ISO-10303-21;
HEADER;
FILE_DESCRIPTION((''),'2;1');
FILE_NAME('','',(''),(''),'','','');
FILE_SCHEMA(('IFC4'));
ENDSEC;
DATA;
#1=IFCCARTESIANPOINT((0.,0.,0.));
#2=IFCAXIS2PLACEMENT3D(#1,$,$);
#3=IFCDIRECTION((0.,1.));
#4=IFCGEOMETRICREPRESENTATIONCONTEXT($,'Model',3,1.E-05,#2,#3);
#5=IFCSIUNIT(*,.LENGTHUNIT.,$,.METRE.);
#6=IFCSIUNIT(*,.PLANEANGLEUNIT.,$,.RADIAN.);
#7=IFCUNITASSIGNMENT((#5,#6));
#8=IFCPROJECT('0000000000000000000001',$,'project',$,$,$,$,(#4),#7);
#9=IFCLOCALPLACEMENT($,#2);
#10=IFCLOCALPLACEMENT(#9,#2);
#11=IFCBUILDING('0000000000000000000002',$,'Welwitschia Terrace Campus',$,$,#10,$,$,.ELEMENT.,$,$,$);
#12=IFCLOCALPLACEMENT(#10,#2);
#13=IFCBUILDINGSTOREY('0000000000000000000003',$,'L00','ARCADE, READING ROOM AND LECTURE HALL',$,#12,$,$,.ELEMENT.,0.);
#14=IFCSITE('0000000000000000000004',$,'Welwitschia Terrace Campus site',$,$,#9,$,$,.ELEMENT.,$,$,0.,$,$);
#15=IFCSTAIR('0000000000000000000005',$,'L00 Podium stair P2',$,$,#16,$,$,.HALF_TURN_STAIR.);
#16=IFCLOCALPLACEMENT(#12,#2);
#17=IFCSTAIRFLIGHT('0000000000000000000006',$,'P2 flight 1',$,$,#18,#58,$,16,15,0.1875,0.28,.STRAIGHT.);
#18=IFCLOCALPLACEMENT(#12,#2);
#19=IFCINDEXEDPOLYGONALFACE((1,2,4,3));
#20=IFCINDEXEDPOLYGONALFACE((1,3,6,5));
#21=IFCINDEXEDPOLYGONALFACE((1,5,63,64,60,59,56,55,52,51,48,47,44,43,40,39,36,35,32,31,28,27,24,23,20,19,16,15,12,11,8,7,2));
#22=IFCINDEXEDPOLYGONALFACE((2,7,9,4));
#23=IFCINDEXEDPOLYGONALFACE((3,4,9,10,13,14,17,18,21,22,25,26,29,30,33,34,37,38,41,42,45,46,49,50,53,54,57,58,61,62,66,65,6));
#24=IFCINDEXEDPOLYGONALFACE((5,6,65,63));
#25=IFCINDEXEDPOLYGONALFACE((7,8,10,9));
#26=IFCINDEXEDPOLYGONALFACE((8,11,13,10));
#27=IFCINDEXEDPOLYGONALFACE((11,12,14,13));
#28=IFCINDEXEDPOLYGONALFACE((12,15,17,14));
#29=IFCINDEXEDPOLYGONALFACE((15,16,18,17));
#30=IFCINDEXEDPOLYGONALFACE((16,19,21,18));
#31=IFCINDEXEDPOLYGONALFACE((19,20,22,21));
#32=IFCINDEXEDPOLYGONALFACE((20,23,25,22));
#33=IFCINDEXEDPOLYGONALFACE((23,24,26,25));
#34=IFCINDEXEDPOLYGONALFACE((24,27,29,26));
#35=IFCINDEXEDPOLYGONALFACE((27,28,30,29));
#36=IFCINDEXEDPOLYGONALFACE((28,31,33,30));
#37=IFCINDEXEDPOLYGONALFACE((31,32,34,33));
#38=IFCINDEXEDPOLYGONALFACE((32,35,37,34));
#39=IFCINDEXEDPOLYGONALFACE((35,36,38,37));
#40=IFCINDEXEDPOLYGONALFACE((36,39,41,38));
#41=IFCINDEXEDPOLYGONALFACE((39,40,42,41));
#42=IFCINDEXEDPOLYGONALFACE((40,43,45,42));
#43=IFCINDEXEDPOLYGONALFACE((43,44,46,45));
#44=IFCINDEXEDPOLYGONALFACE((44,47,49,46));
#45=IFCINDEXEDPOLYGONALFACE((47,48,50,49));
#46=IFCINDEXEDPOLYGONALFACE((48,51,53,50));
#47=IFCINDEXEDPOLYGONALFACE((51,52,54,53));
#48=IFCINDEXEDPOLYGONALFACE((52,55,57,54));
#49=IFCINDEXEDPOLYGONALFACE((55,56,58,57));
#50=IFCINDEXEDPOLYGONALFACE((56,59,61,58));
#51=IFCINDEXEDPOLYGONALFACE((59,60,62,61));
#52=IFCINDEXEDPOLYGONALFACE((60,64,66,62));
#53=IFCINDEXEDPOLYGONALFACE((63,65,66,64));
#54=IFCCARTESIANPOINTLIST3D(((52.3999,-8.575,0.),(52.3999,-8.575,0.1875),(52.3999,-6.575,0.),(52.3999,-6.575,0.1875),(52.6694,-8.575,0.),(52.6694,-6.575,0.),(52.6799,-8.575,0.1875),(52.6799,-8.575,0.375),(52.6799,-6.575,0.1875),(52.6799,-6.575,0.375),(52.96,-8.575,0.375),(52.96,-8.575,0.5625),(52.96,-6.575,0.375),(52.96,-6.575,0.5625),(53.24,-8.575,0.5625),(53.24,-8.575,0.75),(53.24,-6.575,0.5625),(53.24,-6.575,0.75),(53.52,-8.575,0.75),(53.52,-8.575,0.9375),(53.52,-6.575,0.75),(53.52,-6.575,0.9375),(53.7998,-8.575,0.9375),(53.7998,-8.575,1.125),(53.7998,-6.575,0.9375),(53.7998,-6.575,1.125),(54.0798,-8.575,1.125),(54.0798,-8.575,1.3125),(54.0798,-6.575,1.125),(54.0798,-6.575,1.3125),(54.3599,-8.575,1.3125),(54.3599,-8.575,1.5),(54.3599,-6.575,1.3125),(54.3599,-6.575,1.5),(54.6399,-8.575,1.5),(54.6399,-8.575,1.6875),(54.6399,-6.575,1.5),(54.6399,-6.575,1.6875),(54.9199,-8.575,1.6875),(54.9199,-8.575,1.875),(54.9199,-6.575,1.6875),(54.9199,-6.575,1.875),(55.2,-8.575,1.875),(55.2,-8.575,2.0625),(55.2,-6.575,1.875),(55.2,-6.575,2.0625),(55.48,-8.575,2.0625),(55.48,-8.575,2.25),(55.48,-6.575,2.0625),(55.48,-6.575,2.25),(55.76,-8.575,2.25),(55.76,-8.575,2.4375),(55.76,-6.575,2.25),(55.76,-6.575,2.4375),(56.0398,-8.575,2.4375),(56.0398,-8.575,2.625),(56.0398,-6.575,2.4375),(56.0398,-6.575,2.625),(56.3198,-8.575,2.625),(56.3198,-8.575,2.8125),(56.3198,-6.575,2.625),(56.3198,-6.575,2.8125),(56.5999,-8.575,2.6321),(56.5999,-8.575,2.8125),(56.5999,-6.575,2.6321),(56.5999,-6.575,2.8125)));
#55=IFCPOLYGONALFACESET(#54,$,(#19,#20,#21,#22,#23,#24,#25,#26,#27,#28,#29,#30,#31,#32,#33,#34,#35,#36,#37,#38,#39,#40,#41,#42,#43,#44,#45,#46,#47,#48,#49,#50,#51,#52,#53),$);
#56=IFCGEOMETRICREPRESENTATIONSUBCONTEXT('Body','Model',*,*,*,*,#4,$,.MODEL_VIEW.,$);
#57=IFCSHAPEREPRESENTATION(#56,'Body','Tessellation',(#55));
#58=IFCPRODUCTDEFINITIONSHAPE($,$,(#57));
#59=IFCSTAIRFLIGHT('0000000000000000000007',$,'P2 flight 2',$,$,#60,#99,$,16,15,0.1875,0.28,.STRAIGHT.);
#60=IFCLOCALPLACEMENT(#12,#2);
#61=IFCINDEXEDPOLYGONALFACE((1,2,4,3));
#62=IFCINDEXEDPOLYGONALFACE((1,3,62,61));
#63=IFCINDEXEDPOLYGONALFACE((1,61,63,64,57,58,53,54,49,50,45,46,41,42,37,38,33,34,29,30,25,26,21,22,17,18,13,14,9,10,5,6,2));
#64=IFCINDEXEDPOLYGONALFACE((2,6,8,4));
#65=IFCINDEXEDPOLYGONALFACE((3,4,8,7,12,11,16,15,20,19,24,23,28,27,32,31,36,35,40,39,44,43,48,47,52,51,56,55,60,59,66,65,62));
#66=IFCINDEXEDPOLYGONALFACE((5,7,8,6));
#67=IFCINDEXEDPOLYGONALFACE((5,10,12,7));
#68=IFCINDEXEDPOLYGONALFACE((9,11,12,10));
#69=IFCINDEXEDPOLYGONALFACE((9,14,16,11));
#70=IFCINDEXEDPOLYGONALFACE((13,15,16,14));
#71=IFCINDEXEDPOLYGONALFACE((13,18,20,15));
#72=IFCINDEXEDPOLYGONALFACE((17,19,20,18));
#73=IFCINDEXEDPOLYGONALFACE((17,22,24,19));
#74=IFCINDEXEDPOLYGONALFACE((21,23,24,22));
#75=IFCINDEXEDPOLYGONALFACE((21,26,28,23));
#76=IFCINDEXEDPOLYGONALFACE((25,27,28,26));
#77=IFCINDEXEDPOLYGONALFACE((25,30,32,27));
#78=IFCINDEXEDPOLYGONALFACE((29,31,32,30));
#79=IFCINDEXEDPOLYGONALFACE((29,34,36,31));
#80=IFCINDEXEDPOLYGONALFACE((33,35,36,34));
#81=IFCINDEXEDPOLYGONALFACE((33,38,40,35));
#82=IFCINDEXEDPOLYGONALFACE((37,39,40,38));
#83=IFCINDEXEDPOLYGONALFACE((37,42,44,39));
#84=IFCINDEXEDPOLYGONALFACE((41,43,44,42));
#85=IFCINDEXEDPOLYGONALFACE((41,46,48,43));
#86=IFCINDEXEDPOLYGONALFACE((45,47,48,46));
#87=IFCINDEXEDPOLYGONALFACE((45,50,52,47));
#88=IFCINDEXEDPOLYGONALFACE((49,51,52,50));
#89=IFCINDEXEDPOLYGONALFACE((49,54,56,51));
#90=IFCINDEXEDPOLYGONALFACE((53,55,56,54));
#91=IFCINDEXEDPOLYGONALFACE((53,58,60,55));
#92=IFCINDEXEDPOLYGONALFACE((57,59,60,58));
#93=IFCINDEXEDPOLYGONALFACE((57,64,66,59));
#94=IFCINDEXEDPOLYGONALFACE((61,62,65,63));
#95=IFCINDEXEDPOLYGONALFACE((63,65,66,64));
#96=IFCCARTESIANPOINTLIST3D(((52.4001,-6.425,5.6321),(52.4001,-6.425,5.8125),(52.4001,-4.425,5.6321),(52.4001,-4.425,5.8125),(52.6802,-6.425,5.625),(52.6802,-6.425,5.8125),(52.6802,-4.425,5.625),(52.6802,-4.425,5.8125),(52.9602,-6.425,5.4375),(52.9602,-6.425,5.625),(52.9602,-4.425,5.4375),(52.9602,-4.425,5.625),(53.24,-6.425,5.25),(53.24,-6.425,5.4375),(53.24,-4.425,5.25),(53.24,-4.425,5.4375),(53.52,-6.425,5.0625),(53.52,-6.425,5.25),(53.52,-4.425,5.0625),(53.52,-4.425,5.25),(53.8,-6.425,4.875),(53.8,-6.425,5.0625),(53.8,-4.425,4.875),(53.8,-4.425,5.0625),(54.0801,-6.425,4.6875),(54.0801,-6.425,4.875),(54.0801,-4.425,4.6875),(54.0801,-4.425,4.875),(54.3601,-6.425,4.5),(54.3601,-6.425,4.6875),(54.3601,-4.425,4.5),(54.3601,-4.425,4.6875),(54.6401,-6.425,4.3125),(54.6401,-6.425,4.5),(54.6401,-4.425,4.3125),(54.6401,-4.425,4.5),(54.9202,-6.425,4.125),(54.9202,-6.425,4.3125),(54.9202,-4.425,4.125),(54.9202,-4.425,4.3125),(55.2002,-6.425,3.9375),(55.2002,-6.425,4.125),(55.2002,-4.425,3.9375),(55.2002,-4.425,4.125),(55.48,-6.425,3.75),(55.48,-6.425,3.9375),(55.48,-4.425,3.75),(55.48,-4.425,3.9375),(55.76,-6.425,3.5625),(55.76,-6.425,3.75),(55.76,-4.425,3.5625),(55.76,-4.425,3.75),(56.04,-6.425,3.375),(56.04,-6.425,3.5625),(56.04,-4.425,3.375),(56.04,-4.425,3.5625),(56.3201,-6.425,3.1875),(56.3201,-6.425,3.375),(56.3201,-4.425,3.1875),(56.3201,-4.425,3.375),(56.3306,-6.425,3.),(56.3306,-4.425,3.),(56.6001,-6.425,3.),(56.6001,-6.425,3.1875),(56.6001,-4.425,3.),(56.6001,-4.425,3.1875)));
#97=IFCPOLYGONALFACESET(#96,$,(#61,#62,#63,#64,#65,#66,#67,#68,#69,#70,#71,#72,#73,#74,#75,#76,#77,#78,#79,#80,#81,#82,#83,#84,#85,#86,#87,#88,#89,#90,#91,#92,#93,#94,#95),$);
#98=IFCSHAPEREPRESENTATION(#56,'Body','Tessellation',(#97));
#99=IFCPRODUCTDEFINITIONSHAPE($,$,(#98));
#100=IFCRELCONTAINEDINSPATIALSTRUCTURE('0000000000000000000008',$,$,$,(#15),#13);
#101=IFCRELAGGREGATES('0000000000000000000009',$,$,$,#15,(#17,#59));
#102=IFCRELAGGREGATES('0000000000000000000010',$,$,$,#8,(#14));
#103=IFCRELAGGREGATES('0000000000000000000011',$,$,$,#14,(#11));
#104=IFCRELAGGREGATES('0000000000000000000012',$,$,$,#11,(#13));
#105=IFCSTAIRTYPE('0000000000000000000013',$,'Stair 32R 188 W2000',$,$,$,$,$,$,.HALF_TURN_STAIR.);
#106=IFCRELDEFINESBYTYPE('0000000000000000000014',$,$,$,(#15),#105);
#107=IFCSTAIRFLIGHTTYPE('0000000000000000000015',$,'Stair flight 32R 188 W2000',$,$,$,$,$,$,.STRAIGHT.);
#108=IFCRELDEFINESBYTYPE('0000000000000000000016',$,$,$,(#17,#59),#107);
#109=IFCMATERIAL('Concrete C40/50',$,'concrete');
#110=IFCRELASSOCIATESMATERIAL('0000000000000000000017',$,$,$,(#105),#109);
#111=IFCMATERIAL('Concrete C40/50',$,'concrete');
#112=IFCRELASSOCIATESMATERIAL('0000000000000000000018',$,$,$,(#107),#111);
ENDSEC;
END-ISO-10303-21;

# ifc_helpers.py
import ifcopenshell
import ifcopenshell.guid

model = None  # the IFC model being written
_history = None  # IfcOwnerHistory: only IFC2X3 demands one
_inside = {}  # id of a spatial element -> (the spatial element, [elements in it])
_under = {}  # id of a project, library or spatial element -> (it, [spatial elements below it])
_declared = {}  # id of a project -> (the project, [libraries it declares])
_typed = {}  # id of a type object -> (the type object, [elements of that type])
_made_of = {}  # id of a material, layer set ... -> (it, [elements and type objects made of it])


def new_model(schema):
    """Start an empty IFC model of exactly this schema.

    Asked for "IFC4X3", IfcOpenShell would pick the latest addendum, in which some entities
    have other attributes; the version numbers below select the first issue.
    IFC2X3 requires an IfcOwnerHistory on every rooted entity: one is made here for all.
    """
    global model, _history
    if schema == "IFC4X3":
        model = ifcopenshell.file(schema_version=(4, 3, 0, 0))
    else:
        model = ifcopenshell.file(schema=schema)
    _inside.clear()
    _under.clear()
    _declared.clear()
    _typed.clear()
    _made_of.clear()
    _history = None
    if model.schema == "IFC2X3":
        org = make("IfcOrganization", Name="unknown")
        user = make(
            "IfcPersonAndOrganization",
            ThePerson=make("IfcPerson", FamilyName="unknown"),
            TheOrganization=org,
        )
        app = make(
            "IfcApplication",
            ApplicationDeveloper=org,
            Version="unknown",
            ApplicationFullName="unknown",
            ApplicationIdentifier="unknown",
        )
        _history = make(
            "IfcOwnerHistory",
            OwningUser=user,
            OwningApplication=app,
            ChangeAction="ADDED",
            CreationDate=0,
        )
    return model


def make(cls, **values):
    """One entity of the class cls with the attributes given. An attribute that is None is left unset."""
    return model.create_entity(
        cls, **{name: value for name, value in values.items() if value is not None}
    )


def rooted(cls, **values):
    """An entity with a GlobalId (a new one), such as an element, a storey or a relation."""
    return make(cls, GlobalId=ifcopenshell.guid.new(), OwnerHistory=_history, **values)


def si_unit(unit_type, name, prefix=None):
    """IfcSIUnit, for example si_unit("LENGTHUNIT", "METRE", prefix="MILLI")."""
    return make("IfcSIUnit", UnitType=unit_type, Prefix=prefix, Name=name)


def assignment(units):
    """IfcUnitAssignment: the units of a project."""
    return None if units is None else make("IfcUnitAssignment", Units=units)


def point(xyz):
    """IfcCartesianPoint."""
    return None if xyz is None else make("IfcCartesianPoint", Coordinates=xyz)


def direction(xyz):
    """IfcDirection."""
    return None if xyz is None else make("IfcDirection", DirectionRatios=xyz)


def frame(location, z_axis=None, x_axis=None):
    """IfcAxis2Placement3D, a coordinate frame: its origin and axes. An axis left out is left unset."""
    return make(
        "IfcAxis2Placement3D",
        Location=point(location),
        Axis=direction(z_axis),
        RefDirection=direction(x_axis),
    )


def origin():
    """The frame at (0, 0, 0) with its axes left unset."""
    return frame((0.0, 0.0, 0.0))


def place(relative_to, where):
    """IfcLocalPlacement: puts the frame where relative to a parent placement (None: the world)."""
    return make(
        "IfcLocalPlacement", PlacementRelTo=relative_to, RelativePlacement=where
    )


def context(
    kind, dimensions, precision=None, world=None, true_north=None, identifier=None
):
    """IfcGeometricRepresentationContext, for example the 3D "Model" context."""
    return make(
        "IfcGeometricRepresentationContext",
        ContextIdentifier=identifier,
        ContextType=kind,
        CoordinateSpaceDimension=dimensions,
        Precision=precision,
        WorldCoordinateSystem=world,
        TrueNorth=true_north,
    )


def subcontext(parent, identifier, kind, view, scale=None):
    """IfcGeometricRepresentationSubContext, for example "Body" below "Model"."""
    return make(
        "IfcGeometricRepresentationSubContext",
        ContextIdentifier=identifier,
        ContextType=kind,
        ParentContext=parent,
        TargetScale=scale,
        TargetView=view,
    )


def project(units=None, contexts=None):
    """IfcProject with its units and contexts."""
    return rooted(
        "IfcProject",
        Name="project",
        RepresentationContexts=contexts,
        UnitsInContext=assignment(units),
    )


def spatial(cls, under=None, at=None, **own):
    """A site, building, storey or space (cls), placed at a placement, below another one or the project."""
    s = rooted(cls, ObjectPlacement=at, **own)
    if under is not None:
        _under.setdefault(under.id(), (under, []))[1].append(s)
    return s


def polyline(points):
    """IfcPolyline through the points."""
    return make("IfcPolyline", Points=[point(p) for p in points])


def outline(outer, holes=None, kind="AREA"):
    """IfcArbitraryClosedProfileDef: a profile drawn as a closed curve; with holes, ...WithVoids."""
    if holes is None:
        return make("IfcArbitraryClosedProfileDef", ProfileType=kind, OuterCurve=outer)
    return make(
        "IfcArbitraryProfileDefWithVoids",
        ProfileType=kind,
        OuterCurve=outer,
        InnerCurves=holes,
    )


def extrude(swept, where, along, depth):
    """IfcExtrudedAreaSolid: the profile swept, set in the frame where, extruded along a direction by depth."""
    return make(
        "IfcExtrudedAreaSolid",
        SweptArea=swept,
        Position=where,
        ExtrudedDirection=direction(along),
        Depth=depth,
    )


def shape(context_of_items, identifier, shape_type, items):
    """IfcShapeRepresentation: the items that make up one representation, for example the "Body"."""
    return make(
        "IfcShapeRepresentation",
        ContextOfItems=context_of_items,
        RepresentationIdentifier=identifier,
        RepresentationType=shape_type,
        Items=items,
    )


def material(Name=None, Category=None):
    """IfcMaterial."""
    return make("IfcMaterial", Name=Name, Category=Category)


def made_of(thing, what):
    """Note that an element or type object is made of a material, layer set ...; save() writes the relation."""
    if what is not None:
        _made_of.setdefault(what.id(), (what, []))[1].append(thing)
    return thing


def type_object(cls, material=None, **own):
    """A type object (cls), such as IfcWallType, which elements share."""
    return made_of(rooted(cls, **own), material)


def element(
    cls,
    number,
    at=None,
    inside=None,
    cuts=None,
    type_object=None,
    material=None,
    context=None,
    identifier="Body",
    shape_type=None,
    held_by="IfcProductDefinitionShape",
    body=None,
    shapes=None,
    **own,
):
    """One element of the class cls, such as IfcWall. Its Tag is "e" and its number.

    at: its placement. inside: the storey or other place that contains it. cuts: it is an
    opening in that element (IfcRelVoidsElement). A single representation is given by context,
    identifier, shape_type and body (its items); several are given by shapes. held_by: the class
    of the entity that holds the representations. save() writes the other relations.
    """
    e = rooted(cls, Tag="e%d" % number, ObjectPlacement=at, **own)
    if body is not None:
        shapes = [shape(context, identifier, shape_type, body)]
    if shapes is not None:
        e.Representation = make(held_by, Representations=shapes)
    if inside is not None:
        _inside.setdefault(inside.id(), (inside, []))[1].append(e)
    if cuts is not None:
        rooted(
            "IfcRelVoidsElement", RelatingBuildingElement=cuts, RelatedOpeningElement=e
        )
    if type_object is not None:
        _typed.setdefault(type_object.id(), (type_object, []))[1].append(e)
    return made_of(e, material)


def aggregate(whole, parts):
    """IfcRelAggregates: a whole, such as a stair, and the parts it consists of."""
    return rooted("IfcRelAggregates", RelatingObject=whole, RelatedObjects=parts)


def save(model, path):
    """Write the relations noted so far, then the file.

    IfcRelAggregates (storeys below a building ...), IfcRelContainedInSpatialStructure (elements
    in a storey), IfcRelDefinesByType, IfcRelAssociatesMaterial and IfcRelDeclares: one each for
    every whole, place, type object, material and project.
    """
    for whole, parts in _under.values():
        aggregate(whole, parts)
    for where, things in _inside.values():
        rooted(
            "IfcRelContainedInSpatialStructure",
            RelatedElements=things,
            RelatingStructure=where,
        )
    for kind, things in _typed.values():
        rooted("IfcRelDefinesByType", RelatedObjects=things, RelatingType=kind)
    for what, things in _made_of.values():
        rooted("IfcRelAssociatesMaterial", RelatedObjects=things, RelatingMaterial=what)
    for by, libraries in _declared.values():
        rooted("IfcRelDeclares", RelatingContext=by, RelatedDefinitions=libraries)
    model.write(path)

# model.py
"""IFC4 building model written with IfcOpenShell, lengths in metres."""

from ifc_helpers import new_model, si_unit, direction, frame, origin, place, context, subcontext, project, spatial, polyline, outline, extrude, material, type_object, element, aggregate, save


model = new_model("IFC4")

# Units and contexts
model_context = context("Model", 3, precision=1e-05, world=origin(), true_north=direction((0.0, 1.0)))
body_context = subcontext(model_context, "Body", "Model", "MODEL_VIEW")
ifc_project = project(units=[si_unit("LENGTHUNIT", "METRE"), si_unit("PLANEANGLEUNIT", "RADIAN")], contexts=[model_context])

# Site, building, storey
site_placement = place(None, origin())
site = spatial("IfcSite", under=ifc_project, at=site_placement, Name="Welwitschia Terrace Campus site", CompositionType="ELEMENT", RefElevation=0.0)
building_placement = place(site_placement, origin())
building = spatial("IfcBuilding", under=site, at=building_placement, Name="Welwitschia Terrace Campus", CompositionType="ELEMENT")
storey_placement = place(building_placement, origin())
storey = spatial("IfcBuildingStorey", under=building, at=storey_placement, Name="L00", Description="ARCADE, READING ROOM AND LECTURE HALL", CompositionType="ELEMENT", Elevation=0.0)

# Stair, stair flights
ifc_material_1 = material(Name="Concrete C40/50", Category="concrete")
stair_type = type_object("IfcStairType", Name="Stair 32R 188 W2000", PredefinedType="HALF_TURN_STAIR", material=ifc_material_1)
stair_placement = place(storey_placement, origin())
stair = element("IfcStair", 1, at=stair_placement, inside=storey, type_object=stair_type, Name="L00 Podium stair P2", PredefinedType="HALF_TURN_STAIR")
ifc_material_2 = material(Name="Concrete C40/50", Category="concrete")
stair_flight_type = type_object("IfcStairFlightType", Name="Stair flight 32R 188 W2000", PredefinedType="STRAIGHT", material=ifc_material_2)
stair_flight_1_placement = place(storey_placement, frame((52.3999, -7.575, 0.0), z_axis=(0.0, 0.0, 1.0), x_axis=(1.0, 0.0, 0.0)))
stair_flight_1 = element("IfcStairFlight", 2, at=stair_flight_1_placement, type_object=stair_flight_type, Name="P2 flight 1", NumberOfRisers=16, NumberOfTreads=15, PredefinedType="STRAIGHT", RiserHeight=0.1875, TreadLength=0.28, context=body_context, shape_type="SweptSolid", body=[
    extrude(outline(polyline([(0.0, 0.0), (0.0, 0.1875), (0.28, 0.1875), (0.28, 0.375), (0.5601, 0.375), (0.5601, 0.5625), (0.8401, 0.5625), (0.8401, 0.75), (1.1201, 0.75), (1.1201, 0.9375), (1.3999, 0.9375), (1.3999, 1.125), (1.6799, 1.125), (1.6799, 1.3125), (1.96, 1.3125), (1.96, 1.5), (2.24, 1.5), (2.24, 1.6875), (2.52, 1.6875), (2.52, 1.875), (2.8, 1.875), (2.8, 2.0625), (3.0801, 2.0625), (3.0801, 2.25), (3.3601, 2.25), (3.3601, 2.4375), (3.6399, 2.4375), (3.6399, 2.625), (3.9199, 2.625), (3.9199, 2.8125), (4.2, 2.8125), (4.2, 3.0), (4.2, 2.6321), (0.2695, 0.0), (0.0, 0.0)])), frame((0.0, 1.0, 0.0), z_axis=(0.0, -1.0, 0.0), x_axis=(1.0, 0.0, 0.0)), (0.0, 0.0, 1.0), 2.0),
])
stair_flight_2_placement = place(storey_placement, frame((56.6001, -5.425, 3.0), z_axis=(0.0, 0.0, 1.0), x_axis=(-1.0, 0.0, 0.0)))
stair_flight_2 = element("IfcStairFlight", 3, at=stair_flight_2_placement, type_object=stair_flight_type, Name="P2 flight 2", NumberOfRisers=16, NumberOfTreads=15, PredefinedType="STRAIGHT", RiserHeight=0.1875, TreadLength=0.28, context=body_context, shape_type="SweptSolid", body=[
    extrude(outline(polyline([(0.0, 0.0), (0.0, 0.1875), (0.28, 0.1875), (0.28, 0.375), (0.5601, 0.375), (0.5601, 0.5625), (0.8401, 0.5625), (0.8401, 0.75), (1.1201, 0.75), (1.1201, 0.9375), (1.3999, 0.9375), (1.3999, 1.125), (1.6799, 1.125), (1.6799, 1.3125), (1.96, 1.3125), (1.96, 1.5), (2.24, 1.5), (2.24, 1.6875), (2.52, 1.6875), (2.52, 1.875), (2.8, 1.875), (2.8, 2.0625), (3.0801, 2.0625), (3.0801, 2.25), (3.3601, 2.25), (3.3601, 2.4375), (3.6399, 2.4375), (3.6399, 2.625), (3.9199, 2.625), (3.9199, 2.8125), (4.2, 2.8125), (4.2, 3.0), (4.2, 2.6321), (0.2695, 0.0), (0.0, 0.0)])), frame((0.0, 1.0, 0.0), z_axis=(0.0, -1.0, 0.0), x_axis=(1.0, 0.0, 0.0)), (0.0, 0.0, 1.0), 2.0),
])
aggregate(stair, [stair_flight_1, stair_flight_2])

save(model, "model.ifc")
